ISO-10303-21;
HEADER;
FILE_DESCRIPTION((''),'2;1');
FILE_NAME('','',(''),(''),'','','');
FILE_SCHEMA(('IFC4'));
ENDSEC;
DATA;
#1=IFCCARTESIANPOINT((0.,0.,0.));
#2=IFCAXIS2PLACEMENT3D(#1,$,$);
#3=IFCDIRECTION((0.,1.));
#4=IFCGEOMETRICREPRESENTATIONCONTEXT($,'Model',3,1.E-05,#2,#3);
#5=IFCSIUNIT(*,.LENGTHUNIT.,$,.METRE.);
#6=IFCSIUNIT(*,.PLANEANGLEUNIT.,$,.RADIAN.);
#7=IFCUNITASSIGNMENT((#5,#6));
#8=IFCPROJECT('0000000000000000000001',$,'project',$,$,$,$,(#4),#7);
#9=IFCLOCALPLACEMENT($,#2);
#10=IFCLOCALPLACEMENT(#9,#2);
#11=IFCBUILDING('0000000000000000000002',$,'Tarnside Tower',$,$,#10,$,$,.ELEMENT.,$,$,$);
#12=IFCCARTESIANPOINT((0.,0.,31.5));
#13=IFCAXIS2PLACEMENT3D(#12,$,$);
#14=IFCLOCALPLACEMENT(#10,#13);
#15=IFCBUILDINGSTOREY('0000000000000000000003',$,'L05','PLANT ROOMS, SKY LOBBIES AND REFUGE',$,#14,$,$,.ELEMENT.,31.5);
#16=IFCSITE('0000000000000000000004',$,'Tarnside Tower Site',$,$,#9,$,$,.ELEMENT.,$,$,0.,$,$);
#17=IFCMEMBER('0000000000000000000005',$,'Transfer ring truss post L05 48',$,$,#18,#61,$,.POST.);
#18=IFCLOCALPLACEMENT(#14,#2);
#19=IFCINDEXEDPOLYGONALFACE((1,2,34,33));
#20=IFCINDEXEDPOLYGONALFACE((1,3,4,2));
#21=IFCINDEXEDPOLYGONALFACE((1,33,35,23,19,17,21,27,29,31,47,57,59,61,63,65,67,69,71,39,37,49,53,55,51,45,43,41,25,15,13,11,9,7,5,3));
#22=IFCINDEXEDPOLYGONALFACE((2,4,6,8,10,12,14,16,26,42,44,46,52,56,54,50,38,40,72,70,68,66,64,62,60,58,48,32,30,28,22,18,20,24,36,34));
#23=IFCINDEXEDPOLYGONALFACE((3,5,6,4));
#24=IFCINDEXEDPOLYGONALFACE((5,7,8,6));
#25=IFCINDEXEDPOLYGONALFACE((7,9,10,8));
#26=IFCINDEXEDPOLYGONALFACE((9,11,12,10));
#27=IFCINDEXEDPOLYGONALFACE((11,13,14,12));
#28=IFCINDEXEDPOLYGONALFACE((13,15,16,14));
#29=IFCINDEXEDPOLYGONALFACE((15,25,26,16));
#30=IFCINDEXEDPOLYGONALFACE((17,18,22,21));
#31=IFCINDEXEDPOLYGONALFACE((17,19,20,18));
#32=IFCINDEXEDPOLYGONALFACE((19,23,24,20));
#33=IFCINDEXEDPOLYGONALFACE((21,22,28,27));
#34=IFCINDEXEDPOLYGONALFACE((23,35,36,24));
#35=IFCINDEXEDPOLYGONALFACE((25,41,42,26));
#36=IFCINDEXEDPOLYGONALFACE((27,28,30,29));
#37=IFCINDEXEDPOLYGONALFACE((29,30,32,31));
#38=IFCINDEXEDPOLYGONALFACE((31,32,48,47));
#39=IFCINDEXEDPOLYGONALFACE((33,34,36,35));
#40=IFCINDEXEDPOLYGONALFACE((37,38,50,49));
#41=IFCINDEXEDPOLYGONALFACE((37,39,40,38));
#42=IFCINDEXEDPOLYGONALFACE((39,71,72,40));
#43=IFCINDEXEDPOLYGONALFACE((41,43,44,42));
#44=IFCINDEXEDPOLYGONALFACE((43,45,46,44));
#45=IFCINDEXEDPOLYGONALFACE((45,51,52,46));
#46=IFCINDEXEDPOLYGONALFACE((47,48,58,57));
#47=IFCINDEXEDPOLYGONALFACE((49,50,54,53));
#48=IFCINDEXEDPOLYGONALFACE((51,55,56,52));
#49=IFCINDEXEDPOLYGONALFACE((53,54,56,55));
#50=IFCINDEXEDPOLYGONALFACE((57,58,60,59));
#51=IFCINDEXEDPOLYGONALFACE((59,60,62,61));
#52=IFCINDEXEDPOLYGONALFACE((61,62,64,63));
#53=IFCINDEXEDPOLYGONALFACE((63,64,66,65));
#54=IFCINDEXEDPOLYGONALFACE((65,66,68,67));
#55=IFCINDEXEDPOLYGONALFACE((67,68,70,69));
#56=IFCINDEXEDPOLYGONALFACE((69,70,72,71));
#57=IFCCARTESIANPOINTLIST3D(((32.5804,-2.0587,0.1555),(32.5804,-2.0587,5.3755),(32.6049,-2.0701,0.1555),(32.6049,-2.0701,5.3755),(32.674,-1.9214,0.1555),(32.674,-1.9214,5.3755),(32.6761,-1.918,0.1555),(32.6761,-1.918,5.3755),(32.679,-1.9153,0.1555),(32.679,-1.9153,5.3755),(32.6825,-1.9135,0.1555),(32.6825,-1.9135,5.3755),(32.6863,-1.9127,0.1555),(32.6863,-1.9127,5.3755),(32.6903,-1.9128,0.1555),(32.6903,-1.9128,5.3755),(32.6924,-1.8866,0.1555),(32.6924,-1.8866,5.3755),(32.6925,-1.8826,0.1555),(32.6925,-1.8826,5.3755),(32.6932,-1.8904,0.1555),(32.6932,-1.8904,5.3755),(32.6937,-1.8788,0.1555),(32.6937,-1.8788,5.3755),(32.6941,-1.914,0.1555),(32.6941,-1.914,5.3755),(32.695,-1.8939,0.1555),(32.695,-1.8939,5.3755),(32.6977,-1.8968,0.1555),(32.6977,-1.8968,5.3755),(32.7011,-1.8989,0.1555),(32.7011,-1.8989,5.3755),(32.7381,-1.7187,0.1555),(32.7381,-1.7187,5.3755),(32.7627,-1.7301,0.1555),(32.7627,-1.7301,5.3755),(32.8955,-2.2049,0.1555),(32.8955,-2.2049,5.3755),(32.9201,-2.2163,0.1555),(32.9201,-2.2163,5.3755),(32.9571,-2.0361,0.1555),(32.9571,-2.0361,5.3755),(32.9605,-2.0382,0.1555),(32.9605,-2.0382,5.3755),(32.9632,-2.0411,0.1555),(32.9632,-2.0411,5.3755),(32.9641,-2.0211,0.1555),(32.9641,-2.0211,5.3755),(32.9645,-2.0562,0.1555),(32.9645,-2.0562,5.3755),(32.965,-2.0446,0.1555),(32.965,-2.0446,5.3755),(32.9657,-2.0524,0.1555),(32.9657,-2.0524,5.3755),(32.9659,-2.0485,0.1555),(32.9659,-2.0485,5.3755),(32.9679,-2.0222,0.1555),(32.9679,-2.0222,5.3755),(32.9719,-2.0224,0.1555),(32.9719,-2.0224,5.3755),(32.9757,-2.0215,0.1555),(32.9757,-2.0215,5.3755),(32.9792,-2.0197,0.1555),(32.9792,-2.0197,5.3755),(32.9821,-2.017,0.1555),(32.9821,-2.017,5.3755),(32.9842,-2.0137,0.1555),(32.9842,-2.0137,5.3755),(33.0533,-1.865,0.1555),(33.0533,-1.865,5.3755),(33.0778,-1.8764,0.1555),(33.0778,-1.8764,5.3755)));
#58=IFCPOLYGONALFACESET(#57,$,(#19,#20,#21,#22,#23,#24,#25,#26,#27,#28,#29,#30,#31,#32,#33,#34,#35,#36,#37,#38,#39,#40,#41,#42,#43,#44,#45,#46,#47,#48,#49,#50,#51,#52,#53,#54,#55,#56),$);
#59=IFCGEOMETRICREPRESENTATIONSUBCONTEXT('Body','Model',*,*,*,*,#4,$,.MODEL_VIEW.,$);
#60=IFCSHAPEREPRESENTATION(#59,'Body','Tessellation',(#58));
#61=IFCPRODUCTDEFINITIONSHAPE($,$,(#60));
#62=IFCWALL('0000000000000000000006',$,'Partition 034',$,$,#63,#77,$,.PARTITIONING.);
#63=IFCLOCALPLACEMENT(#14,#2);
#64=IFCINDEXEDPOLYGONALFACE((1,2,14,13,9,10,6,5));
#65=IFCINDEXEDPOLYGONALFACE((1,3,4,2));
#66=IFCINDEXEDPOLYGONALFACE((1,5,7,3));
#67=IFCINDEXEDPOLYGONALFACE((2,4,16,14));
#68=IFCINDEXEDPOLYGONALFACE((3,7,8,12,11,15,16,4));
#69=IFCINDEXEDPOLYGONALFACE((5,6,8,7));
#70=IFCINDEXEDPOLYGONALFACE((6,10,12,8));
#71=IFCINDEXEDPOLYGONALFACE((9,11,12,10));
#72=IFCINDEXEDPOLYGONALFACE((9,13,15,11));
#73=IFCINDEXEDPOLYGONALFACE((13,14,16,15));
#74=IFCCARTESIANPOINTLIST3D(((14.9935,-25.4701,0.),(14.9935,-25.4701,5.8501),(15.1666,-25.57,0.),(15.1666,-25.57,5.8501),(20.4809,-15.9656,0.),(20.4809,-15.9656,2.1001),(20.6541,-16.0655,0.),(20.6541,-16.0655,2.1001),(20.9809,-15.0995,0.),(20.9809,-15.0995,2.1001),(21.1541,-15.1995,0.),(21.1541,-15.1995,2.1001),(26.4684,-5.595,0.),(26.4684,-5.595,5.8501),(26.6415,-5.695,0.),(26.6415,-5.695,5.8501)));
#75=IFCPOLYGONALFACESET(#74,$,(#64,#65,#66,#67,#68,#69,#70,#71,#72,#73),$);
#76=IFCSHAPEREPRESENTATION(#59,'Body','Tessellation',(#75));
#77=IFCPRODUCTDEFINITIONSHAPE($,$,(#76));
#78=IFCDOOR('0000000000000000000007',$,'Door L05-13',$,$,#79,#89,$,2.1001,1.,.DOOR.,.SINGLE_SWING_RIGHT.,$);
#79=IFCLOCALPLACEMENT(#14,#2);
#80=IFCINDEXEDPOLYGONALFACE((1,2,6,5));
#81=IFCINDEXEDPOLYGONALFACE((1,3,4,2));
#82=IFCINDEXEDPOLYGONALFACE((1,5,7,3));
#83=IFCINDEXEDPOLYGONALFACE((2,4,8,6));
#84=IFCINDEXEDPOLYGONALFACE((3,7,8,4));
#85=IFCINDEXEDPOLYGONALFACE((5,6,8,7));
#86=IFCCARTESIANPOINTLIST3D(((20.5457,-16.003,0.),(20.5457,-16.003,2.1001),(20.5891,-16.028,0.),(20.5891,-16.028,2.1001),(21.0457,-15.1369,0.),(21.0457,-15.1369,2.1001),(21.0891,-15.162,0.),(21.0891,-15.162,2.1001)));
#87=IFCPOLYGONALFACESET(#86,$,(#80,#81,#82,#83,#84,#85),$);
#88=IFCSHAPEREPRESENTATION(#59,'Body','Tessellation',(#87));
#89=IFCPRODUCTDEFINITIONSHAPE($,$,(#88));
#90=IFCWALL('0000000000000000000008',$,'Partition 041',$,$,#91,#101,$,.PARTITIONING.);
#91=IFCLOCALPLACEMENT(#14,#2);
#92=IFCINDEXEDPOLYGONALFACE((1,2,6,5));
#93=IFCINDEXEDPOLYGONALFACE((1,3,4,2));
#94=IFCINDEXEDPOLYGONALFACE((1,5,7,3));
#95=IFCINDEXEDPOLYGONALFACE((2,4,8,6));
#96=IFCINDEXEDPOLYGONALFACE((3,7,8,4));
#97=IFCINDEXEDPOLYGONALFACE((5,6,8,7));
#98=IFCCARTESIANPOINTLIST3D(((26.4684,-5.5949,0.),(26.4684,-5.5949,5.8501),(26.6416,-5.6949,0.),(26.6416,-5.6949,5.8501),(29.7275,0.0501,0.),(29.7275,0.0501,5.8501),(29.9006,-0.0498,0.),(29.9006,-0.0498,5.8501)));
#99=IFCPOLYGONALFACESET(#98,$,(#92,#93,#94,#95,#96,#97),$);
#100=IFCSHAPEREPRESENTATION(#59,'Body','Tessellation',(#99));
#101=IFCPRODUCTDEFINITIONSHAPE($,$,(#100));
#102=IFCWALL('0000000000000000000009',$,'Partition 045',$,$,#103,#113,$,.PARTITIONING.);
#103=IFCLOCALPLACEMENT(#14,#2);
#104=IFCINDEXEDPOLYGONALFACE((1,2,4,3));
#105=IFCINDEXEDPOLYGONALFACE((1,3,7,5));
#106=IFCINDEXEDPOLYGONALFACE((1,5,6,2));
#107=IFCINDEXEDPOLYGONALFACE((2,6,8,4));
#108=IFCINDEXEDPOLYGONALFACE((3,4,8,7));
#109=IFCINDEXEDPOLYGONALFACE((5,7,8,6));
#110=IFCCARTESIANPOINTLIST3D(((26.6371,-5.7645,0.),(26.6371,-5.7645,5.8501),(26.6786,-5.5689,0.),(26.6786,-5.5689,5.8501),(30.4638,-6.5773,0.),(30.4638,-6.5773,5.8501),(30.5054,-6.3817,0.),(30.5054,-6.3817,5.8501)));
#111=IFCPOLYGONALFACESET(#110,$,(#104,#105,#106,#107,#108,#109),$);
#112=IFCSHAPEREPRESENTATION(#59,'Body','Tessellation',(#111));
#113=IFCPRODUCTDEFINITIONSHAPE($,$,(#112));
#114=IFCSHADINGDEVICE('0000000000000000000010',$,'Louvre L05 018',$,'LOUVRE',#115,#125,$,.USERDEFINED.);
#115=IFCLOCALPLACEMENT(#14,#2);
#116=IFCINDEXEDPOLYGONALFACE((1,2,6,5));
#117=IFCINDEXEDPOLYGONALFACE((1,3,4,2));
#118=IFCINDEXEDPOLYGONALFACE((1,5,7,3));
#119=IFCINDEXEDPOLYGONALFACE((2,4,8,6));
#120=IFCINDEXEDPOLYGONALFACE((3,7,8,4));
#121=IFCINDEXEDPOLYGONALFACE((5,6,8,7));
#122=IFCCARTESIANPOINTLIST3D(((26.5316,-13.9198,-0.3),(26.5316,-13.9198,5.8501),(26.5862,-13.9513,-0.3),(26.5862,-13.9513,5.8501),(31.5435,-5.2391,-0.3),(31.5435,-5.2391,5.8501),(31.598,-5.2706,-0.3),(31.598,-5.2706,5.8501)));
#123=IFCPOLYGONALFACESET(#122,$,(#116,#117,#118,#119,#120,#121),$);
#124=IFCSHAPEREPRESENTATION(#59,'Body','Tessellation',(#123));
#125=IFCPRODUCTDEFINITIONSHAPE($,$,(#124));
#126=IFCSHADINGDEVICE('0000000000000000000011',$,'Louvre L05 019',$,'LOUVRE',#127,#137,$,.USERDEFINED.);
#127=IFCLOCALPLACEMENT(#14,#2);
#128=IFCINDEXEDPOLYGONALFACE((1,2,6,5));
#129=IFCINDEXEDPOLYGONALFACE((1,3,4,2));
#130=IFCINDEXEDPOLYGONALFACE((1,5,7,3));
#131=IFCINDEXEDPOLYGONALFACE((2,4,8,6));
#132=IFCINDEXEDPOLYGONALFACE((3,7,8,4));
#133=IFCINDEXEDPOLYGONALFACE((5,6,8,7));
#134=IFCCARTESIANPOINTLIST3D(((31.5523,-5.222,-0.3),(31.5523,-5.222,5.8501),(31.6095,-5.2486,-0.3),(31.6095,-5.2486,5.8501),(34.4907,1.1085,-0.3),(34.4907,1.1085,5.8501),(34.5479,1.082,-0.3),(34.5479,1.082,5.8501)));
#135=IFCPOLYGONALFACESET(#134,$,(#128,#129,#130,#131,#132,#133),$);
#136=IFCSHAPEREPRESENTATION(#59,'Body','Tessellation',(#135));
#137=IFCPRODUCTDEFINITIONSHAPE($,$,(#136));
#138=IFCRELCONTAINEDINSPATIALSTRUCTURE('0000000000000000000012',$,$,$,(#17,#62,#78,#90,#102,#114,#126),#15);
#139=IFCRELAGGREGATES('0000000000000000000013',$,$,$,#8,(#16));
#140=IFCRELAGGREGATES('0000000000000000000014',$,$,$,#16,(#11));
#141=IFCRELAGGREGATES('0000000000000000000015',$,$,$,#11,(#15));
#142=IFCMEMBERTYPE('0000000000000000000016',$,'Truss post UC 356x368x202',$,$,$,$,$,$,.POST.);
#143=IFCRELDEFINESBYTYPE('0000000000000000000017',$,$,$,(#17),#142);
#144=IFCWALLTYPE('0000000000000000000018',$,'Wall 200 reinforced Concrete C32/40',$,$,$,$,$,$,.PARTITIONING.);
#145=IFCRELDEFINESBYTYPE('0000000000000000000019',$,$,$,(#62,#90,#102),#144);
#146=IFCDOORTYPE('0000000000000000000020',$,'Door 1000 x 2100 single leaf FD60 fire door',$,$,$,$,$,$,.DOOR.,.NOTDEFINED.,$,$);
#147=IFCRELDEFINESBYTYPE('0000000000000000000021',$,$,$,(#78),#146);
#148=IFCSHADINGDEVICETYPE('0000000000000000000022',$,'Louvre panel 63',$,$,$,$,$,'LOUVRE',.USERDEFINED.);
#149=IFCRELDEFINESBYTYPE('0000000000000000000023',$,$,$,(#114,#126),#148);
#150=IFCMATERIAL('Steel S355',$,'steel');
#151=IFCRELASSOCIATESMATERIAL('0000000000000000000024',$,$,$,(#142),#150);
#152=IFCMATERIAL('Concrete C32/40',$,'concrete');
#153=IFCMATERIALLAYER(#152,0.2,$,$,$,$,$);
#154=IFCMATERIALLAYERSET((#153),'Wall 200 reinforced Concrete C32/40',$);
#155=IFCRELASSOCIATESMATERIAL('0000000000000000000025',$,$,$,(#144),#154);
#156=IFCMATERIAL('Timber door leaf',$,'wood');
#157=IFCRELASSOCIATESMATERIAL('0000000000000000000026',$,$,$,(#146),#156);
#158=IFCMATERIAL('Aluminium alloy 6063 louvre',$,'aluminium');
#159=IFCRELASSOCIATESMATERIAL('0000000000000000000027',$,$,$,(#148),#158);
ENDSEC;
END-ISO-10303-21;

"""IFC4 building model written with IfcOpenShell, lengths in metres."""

from ifc_helpers import new_model, si_unit, direction, frame, frame_2d, origin, origin_2d, place, context, subcontext, project, spatial, polyline, rectangle, i_section, outline, extrude, material, layer, layer_set, material_profile, profile_set, type_object, element, fill, save


model = new_model("IFC4")

# Units and contexts
model_context = context("Model", 3, precision=1e-05, world=origin(), true_north=direction((0.0, 1.0)))
body_context = subcontext(model_context, "Body", "Model", "MODEL_VIEW")
ifc_project = project(units=[si_unit("LENGTHUNIT", "METRE"), si_unit("PLANEANGLEUNIT", "RADIAN")], contexts=[model_context])

# Site, building, storey
site_placement = place(None, origin())
site = spatial("IfcSite", under=ifc_project, at=site_placement, Name="Tarnside Tower Site", CompositionType="ELEMENT", RefElevation=0.0)
building_placement = place(site_placement, origin())
building = spatial("IfcBuilding", under=site, at=building_placement, Name="Tarnside Tower", CompositionType="ELEMENT")
storey_placement = place(building_placement, frame((0.0, 0.0, 31.5)))
storey = spatial("IfcBuildingStorey", under=building, at=storey_placement, Name="L05", Description="PLANT ROOMS, SKY LOBBIES AND REFUGE", CompositionType="ELEMENT", Elevation=31.5)

# Shared definitions
ifc_material_1 = material(Name="Steel S355", Category="steel")

# Member
ifc_material_profile_1 = material_profile(ifc_material_1, i_section(OverallWidth=0.3748, OverallDepth=0.3745, WebThickness=0.0166, FlangeThickness=0.0271, FilletRadius=0.0151, at=origin_2d()), Name="UC 356x368x202")
ifc_profile_set_1 = profile_set([ifc_material_profile_1], Name="Steel S355")
member_type_1 = type_object("IfcMemberType", Name="Truss post UC 356x368x202", PredefinedType="POST", material=ifc_profile_set_1)
for number, where, z_axis, x_axis, name in (
    (1, (32.8291, -1.9675, 0.1555), (0.0, 0.0, 1.0), (0.421012, 0.907055, 0.0), "Transfer ring truss post L05 48"),
):
    element("IfcMember", number, at=place(storey_placement, frame(where, z_axis=z_axis, x_axis=x_axis)), inside=storey, type_object=member_type_1, Name=name, PredefinedType="POST", context=body_context, shape_type="SweptSolid", body=[
        extrude(i_section(OverallWidth=0.3748, OverallDepth=0.3745, WebThickness=0.0166, FlangeThickness=0.0271, FilletRadius=0.0151, at=origin_2d()), origin(), (0.0, 0.0, 1.0), 5.22),
    ])

# Wall, opening, door
ifc_material_2 = material(Name="Concrete C32/40", Category="concrete")
ifc_layer = layer(ifc_material_2, 0.2)
ifc_layer_set = layer_set([ifc_layer], Name="Wall 200 reinforced Concrete C32/40")
wall_type = type_object("IfcWallType", Name="Wall 200 reinforced Concrete C32/40", PredefinedType="PARTITIONING", material=ifc_layer_set)
wall_1_placement = place(storey_placement, frame((26.5549, -5.645, 0.0), z_axis=(0.0, 0.0, 1.0), x_axis=(-0.500001, -0.866025, 0.0)))
wall_1 = element("IfcWall", 2, at=wall_1_placement, inside=storey, type_object=wall_type, Name="Partition 034", PredefinedType="PARTITIONING", context=body_context, shape_type="SweptSolid", body=[
    extrude(rectangle(XDim=22.9497, YDim=0.2, at=frame_2d((11.4749, 0.0))), origin(), (0.0, 0.0, 1.0), 5.8501),
])
opening_placement = place(wall_1_placement, frame((10.9749, 0.0, 0.0)))
opening = element("IfcOpeningElement", 3, at=opening_placement, cuts=wall_1, PredefinedType="OPENING", context=body_context, shape_type="SweptSolid", body=[
    extrude(rectangle(XDim=1.0, YDim=2.1001, at=frame_2d((0.5, 1.05))), frame((0.0, 0.1099, 0.0), z_axis=(0.0, -1.0, 0.0), x_axis=(1.0, 0.0, 0.0)), (0.0, 0.0, 1.0), 0.22),
])
ifc_material_3 = material(Name="Timber door leaf", Category="wood")
door_type = type_object("IfcDoorType", Name="Door 1000 x 2100 single leaf FD60 fire door", OperationType="NOTDEFINED", PredefinedType="DOOR", material=ifc_material_3)
door_placement = place(opening_placement, origin())
door = element("IfcDoor", 4, at=door_placement, inside=storey, type_object=door_type, Name="Door L05-13", OperationType="SINGLE_SWING_RIGHT", OverallHeight=2.1001, OverallWidth=1.0, PredefinedType="DOOR", context=body_context, shape_type="SweptSolid", body=[
    extrude(rectangle(XDim=1.0, YDim=2.1001, at=frame_2d((0.5, 1.05))), frame((0.0, 0.0249, 0.0), z_axis=(0.0, -1.0, 0.0), x_axis=(1.0, 0.0, 0.0)), (0.0, 0.0, 1.0), 0.05),
])
fill(opening, door)

# Walls
wall_2_placement = place(storey_placement, frame((26.5549, -5.645, 0.0), z_axis=(0.0, 0.0, 1.0), x_axis=(0.499986, 0.866033, 0.0)))
element("IfcWall", 5, at=wall_2_placement, inside=storey, type_object=wall_type, Name="Partition 041", PredefinedType="PARTITIONING", context=body_context, shape_type="SweptSolid", body=[
    extrude(rectangle(XDim=6.5183, YDim=0.2, at=frame_2d((3.2593, 0.0))), origin(), (0.0, 0.0, 1.0), 5.8501),
])
wall_3_placement = place(storey_placement, frame((30.4846, -6.4795, 0.0), z_axis=(0.0, 0.0, 1.0), x_axis=(-0.978181, 0.207756, 0.0)))
element("IfcWall", 6, at=wall_3_placement, inside=storey, type_object=wall_type, Name="Partition 045", PredefinedType="PARTITIONING", context=body_context, shape_type="SweptSolid", body=[
    extrude(rectangle(XDim=3.9121, YDim=0.2, at=frame_2d((1.9561, 0.0))), origin(), (0.0, 0.0, 1.0), 5.8501),
])

# Shading devices
ifc_material_4 = material(Name="Aluminium alloy 6063 louvre", Category="aluminium")
shading_device_type = type_object("IfcShadingDeviceType", Name="Louvre panel 63", ElementType="LOUVRE", PredefinedType="USERDEFINED", material=ifc_material_4)
shading_device_1_placement = place(storey_placement, frame((29.0376, -9.5793, -0.3), z_axis=(-0.500003, -0.866024, 0.0), x_axis=(0.866024, -0.500003, 0.0)))
element("IfcShadingDevice", 7, at=shading_device_1_placement, inside=storey, type_object=shading_device_type, Name="Louvre L05 018", ObjectType="LOUVRE", PredefinedType="USERDEFINED", context=body_context, shape_type="SweptSolid", body=[
    extrude(outline(polyline([(0.0, 0.0), (0.063, 0.0), (0.063, 6.1501), (0.0, 6.1501), (0.0, 0.0)])), frame((0.0, 0.0, -5.0117)), (0.0, 0.0, 1.0), 10.0237),
])
shading_device_2_placement = place(storey_placement, frame((33.0215, -2.0569, -0.3), z_axis=(-0.421016, -0.907053, 0.0), x_axis=(0.907053, -0.421016, 0.0)))
element("IfcShadingDevice", 8, at=shading_device_2_placement, inside=storey, type_object=shading_device_type, Name="Louvre L05 019", ObjectType="LOUVRE", PredefinedType="USERDEFINED", context=body_context, shape_type="SweptSolid", body=[
    extrude(outline(polyline([(0.0, 0.0), (0.063, 0.0), (0.063, 6.1501), (0.0, 6.1501), (0.0, 0.0)])), frame((0.0, 0.0, -3.4897)), (0.0, 0.0, 1.0), 6.9792),
])

save(model, "model.ifc")
